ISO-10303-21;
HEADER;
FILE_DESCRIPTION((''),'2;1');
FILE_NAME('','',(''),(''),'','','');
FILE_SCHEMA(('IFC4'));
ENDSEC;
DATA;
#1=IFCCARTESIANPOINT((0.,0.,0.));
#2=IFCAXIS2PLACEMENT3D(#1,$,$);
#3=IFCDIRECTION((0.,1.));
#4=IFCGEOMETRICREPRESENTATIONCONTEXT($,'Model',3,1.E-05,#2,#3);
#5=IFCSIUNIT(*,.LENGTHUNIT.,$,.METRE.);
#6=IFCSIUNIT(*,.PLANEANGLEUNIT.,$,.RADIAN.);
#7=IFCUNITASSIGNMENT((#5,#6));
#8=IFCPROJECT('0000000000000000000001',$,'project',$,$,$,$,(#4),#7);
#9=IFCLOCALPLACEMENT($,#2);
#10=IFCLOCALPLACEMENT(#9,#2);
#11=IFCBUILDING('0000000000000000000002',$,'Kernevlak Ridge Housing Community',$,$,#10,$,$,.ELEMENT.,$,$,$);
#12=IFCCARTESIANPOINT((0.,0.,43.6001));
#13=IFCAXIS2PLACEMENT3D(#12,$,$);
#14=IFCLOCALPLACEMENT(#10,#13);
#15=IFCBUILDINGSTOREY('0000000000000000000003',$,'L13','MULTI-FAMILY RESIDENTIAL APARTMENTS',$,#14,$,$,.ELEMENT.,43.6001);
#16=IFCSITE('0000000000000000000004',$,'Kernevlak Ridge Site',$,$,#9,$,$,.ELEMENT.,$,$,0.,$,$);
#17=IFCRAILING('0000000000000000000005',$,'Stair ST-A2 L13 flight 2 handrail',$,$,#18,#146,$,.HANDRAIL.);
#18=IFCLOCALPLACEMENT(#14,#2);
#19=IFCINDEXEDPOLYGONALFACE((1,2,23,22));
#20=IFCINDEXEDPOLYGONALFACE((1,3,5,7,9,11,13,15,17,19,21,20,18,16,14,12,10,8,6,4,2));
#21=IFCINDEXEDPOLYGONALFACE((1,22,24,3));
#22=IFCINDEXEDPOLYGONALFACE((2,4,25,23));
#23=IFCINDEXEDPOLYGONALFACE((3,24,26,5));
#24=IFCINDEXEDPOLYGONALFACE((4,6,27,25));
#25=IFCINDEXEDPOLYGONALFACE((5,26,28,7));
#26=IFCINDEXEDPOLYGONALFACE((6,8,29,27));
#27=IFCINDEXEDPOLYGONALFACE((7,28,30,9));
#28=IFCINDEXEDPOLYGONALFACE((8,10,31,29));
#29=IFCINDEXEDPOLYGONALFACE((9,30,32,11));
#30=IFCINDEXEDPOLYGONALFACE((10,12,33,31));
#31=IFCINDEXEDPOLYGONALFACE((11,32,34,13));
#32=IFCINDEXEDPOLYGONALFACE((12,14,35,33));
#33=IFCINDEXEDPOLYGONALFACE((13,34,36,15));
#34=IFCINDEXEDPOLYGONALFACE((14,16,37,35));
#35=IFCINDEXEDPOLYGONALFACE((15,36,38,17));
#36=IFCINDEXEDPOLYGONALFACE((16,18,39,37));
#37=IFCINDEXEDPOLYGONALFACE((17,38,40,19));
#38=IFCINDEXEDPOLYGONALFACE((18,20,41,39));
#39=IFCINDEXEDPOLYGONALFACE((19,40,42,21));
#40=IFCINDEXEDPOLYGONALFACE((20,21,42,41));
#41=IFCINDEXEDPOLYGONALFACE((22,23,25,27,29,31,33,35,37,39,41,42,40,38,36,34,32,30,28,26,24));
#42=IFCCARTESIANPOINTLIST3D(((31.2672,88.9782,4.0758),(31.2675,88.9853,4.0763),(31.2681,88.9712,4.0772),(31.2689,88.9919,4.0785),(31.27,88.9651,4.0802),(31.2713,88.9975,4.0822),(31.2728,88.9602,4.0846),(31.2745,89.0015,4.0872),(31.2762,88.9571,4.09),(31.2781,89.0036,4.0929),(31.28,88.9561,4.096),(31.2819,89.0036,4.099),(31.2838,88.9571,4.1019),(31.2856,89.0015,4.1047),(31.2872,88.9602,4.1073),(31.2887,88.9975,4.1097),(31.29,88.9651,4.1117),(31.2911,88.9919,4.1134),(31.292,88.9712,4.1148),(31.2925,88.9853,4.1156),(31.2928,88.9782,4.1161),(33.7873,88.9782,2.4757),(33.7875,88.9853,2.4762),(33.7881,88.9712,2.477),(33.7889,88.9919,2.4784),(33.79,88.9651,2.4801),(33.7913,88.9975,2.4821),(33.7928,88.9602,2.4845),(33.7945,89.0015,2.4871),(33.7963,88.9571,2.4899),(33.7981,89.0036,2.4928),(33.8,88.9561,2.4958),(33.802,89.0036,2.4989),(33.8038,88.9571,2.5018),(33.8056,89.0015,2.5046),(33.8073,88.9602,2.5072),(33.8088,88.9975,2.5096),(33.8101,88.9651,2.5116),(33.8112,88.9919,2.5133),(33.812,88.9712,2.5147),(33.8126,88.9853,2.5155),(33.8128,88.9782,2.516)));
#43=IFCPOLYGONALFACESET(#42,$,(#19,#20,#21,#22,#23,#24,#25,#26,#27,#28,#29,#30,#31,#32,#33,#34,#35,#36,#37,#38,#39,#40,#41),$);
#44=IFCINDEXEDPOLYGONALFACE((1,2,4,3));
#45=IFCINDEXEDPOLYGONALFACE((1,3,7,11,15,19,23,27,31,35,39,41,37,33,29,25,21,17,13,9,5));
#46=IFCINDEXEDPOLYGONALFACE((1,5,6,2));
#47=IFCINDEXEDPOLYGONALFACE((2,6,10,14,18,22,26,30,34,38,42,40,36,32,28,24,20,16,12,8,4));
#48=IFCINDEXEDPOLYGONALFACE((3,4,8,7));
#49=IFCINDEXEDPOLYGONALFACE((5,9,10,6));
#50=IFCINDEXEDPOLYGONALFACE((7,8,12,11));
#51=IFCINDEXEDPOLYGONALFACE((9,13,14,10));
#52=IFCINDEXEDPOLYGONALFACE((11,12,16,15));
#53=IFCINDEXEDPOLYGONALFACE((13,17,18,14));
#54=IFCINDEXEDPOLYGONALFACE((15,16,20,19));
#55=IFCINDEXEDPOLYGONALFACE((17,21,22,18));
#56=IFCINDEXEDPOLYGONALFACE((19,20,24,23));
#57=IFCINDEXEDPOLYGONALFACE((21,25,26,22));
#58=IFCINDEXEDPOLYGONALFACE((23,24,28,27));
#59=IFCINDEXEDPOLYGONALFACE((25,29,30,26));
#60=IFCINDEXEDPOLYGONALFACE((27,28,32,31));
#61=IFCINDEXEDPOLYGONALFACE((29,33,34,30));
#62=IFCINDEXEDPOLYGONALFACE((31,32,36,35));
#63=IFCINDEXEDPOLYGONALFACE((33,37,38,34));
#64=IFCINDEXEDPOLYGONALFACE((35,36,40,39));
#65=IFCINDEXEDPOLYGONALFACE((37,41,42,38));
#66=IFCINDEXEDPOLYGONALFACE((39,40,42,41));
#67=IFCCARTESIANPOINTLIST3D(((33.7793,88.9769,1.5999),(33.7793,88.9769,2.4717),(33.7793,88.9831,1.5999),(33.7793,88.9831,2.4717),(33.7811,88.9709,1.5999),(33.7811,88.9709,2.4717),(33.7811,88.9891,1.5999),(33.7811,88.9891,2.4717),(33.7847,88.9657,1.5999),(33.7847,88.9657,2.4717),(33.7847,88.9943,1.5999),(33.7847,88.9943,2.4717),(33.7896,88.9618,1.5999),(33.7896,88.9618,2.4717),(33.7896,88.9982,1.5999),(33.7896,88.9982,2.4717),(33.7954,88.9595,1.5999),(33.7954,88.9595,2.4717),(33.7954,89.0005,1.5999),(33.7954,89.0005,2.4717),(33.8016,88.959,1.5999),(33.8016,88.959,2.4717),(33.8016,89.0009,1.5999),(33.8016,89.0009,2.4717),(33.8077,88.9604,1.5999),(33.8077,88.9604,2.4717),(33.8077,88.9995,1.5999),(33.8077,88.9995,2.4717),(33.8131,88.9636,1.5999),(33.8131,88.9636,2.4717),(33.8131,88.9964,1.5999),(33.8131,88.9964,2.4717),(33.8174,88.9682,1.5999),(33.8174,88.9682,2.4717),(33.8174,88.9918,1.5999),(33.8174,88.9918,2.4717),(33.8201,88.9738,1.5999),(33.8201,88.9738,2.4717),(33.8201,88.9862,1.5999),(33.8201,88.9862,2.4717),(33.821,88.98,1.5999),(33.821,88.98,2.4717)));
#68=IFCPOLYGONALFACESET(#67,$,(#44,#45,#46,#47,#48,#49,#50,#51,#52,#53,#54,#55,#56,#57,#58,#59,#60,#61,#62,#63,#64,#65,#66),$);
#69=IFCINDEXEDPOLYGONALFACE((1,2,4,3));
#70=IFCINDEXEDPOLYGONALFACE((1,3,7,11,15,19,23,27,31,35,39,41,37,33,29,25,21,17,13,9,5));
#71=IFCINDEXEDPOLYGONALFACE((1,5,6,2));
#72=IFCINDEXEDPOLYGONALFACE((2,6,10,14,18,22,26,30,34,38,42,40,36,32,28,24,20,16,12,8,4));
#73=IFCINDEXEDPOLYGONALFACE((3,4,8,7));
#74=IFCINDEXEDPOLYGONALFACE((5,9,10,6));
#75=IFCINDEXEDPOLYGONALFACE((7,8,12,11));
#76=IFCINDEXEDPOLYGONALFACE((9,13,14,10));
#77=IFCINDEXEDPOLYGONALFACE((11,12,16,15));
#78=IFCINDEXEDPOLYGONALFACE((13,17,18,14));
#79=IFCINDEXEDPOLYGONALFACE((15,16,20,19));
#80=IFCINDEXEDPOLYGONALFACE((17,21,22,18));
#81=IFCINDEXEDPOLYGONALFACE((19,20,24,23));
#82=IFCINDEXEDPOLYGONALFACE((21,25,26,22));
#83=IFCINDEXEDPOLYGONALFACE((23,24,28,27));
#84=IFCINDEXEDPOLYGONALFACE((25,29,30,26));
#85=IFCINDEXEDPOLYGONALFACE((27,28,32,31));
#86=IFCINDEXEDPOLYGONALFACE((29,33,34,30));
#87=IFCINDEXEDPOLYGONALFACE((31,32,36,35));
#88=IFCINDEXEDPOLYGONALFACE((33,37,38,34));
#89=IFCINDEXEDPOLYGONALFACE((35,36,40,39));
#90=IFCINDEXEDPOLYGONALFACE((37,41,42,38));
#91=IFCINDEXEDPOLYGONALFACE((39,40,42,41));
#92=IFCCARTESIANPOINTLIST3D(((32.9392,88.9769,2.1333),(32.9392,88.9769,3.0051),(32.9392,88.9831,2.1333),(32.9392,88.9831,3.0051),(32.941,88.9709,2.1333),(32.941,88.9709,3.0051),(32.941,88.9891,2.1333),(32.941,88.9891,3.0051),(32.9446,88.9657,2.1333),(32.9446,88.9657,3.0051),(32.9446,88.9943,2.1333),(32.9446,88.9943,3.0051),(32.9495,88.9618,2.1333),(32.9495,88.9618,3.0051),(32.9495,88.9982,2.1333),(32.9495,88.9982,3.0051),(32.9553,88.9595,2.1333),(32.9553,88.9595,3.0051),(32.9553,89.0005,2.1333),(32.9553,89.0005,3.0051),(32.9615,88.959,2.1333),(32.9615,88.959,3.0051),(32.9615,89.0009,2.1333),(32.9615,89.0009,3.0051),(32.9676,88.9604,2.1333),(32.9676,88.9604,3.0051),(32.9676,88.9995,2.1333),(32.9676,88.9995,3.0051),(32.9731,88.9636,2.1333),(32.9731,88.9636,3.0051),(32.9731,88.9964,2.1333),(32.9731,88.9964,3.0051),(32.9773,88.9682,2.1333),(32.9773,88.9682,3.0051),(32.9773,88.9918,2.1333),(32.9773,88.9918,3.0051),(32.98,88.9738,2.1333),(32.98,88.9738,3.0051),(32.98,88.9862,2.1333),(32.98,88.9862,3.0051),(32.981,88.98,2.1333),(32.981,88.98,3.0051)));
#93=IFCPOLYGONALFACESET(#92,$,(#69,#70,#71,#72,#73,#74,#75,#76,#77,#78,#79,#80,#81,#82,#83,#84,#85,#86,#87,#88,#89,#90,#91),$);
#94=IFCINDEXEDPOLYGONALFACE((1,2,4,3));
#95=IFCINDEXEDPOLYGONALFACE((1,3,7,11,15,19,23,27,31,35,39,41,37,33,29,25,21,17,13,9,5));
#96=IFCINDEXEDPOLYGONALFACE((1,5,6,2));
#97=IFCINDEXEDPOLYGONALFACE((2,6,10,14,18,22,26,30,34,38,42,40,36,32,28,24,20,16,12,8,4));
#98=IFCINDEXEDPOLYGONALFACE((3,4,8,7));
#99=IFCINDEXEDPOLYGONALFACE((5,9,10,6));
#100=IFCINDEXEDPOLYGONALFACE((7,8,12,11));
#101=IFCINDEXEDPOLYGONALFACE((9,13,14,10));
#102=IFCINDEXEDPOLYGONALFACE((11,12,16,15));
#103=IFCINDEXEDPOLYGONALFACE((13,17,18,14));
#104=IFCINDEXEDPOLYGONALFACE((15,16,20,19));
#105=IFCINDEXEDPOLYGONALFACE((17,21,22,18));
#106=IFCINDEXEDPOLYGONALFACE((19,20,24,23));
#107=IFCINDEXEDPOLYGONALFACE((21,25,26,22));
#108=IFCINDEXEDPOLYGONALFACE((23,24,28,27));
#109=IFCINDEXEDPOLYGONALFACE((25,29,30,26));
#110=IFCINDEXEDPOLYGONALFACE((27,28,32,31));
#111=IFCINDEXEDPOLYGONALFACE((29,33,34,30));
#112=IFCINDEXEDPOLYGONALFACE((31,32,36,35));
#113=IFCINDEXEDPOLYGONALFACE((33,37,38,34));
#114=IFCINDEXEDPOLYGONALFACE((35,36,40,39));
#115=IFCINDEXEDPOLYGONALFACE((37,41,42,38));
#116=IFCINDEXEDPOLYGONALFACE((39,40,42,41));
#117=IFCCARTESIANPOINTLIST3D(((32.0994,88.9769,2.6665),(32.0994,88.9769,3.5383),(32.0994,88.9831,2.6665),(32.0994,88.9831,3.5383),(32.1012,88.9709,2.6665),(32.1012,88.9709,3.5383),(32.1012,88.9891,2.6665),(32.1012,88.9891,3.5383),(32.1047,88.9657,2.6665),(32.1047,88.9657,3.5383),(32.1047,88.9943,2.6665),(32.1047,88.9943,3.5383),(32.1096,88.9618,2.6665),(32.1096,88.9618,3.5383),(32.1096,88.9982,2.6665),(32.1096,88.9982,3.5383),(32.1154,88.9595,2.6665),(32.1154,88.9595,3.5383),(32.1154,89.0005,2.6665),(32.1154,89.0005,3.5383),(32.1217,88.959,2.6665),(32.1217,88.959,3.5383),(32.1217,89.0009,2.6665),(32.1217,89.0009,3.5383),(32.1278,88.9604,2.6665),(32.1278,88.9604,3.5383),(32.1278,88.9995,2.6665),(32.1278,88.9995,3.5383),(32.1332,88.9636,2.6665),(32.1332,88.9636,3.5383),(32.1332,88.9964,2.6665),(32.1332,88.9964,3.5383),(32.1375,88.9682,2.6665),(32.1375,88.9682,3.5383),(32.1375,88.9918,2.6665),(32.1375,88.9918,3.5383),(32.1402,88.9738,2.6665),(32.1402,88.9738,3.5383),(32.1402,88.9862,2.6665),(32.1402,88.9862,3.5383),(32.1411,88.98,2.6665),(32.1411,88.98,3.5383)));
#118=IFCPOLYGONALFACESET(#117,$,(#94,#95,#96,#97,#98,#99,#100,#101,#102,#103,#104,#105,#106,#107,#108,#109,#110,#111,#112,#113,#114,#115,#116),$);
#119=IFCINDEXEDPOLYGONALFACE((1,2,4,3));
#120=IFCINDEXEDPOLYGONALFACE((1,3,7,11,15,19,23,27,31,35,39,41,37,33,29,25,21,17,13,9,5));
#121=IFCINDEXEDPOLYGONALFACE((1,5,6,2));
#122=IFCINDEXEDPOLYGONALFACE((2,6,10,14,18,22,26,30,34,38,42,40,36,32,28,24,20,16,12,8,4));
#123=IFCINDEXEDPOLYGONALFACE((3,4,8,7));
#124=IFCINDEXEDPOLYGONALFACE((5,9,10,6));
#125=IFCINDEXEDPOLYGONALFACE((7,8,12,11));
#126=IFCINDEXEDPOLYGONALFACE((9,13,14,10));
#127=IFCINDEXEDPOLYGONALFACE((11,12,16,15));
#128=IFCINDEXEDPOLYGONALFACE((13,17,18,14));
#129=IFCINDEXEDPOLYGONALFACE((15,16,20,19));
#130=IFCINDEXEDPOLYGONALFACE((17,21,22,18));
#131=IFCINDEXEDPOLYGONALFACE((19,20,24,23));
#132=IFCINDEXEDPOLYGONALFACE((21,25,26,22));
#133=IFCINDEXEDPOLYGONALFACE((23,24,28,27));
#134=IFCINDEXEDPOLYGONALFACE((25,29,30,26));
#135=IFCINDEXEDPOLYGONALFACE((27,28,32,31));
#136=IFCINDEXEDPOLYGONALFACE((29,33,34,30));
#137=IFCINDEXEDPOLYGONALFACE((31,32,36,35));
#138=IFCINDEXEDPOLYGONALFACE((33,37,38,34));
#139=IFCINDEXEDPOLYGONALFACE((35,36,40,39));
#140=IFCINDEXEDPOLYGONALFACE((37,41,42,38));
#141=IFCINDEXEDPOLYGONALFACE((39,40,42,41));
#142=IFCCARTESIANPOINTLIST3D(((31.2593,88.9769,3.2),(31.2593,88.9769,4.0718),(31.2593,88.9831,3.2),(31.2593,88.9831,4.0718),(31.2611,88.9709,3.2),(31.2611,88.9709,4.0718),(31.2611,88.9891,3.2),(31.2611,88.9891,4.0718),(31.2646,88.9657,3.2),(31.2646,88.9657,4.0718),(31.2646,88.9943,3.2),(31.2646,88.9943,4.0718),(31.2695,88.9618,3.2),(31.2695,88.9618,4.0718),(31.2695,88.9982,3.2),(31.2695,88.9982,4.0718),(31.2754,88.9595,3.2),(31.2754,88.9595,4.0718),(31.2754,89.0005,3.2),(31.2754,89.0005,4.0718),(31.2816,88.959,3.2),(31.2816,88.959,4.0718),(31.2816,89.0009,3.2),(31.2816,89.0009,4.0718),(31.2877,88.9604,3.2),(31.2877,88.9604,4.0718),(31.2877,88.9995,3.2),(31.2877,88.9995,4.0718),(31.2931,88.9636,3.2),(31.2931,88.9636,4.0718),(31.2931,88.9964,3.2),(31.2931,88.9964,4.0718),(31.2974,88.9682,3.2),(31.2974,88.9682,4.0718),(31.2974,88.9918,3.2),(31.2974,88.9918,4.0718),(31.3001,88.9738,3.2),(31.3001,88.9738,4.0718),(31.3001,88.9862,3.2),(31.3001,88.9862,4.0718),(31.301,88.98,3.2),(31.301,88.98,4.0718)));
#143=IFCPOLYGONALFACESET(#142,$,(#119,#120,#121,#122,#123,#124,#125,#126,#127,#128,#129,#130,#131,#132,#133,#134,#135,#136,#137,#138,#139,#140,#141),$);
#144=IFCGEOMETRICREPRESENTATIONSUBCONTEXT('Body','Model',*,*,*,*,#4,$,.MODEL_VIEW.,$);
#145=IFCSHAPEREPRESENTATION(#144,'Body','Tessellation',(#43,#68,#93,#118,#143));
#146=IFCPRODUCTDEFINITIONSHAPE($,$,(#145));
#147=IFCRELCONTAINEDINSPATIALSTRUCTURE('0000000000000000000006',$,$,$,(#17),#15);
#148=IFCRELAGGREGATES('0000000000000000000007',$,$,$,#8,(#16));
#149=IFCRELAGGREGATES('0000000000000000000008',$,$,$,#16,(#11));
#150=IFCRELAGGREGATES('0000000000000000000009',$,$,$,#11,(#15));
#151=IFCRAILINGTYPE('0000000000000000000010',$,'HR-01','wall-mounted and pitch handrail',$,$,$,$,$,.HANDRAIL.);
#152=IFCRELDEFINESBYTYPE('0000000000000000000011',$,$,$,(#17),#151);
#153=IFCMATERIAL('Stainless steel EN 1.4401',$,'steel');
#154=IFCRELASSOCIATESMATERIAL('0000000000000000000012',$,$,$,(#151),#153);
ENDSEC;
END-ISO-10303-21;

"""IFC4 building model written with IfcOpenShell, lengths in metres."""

from ifc_helpers import new_model, si_unit, direction, frame, origin, origin_2d, place, context, subcontext, project, spatial, circle, extrude, material, type_object, element, save


model = new_model("IFC4")

# Units and contexts
model_context = context("Model", 3, precision=1e-05, world=origin(), true_north=direction((0.0, 1.0)))
body_context = subcontext(model_context, "Body", "Model", "MODEL_VIEW")
ifc_project = project(units=[si_unit("LENGTHUNIT", "METRE"), si_unit("PLANEANGLEUNIT", "RADIAN")], contexts=[model_context])

# Site, building, storey
site_placement = place(None, origin())
site = spatial("IfcSite", under=ifc_project, at=site_placement, Name="Kernevlak Ridge Site", CompositionType="ELEMENT", RefElevation=0.0)
building_placement = place(site_placement, origin())
building = spatial("IfcBuilding", under=site, at=building_placement, Name="Kernevlak Ridge Housing Community", CompositionType="ELEMENT")
storey_placement = place(building_placement, frame((0.0, 0.0, 43.6001)))
storey = spatial("IfcBuildingStorey", under=building, at=storey_placement, Name="L13", Description="MULTI-FAMILY RESIDENTIAL APARTMENTS", CompositionType="ELEMENT", Elevation=43.6001)

# Railing
ifc_material_1 = material(Name="Stainless steel EN 1.4401", Category="steel")
railing_type_1 = type_object("IfcRailingType", Name="HR-01", Description="wall-mounted and pitch handrail", PredefinedType="HANDRAIL", material=ifc_material_1)
railing_1_placement = place(storey_placement, frame((33.8, 88.98, 1.5999)))
element("IfcRailing", 1, at=railing_1_placement, inside=storey, type_object=railing_type_1, Name="Stair ST-A2 L13 flight 2 handrail", PredefinedType="HANDRAIL", context=body_context, shape_type="SweptSolid", body=[
    extrude(circle(Radius=0.0239, at=origin_2d()), frame((0.0, 0.0, 0.896), z_axis=(-0.8442, 0.0, 0.536028), x_axis=(0.0, -1.0, 0.0)), (0.0, 0.0, 1.0), 2.9851),
    extrude(circle(Radius=0.021, at=origin_2d()), origin(), (0.0, 0.0, 1.0), 0.8718),
    extrude(circle(Radius=0.021, at=origin_2d()), frame((-0.8401, 0.0, 0.5334)), (0.0, 0.0, 1.0), 0.8718),
    extrude(circle(Radius=0.021, at=origin_2d()), frame((-1.6799, 0.0, 1.0667)), (0.0, 0.0, 1.0), 0.8718),
    extrude(circle(Radius=0.021, at=origin_2d()), frame((-2.52, 0.0, 1.6001)), (0.0, 0.0, 1.0), 0.8718),
])

save(model, "model.ifc")
